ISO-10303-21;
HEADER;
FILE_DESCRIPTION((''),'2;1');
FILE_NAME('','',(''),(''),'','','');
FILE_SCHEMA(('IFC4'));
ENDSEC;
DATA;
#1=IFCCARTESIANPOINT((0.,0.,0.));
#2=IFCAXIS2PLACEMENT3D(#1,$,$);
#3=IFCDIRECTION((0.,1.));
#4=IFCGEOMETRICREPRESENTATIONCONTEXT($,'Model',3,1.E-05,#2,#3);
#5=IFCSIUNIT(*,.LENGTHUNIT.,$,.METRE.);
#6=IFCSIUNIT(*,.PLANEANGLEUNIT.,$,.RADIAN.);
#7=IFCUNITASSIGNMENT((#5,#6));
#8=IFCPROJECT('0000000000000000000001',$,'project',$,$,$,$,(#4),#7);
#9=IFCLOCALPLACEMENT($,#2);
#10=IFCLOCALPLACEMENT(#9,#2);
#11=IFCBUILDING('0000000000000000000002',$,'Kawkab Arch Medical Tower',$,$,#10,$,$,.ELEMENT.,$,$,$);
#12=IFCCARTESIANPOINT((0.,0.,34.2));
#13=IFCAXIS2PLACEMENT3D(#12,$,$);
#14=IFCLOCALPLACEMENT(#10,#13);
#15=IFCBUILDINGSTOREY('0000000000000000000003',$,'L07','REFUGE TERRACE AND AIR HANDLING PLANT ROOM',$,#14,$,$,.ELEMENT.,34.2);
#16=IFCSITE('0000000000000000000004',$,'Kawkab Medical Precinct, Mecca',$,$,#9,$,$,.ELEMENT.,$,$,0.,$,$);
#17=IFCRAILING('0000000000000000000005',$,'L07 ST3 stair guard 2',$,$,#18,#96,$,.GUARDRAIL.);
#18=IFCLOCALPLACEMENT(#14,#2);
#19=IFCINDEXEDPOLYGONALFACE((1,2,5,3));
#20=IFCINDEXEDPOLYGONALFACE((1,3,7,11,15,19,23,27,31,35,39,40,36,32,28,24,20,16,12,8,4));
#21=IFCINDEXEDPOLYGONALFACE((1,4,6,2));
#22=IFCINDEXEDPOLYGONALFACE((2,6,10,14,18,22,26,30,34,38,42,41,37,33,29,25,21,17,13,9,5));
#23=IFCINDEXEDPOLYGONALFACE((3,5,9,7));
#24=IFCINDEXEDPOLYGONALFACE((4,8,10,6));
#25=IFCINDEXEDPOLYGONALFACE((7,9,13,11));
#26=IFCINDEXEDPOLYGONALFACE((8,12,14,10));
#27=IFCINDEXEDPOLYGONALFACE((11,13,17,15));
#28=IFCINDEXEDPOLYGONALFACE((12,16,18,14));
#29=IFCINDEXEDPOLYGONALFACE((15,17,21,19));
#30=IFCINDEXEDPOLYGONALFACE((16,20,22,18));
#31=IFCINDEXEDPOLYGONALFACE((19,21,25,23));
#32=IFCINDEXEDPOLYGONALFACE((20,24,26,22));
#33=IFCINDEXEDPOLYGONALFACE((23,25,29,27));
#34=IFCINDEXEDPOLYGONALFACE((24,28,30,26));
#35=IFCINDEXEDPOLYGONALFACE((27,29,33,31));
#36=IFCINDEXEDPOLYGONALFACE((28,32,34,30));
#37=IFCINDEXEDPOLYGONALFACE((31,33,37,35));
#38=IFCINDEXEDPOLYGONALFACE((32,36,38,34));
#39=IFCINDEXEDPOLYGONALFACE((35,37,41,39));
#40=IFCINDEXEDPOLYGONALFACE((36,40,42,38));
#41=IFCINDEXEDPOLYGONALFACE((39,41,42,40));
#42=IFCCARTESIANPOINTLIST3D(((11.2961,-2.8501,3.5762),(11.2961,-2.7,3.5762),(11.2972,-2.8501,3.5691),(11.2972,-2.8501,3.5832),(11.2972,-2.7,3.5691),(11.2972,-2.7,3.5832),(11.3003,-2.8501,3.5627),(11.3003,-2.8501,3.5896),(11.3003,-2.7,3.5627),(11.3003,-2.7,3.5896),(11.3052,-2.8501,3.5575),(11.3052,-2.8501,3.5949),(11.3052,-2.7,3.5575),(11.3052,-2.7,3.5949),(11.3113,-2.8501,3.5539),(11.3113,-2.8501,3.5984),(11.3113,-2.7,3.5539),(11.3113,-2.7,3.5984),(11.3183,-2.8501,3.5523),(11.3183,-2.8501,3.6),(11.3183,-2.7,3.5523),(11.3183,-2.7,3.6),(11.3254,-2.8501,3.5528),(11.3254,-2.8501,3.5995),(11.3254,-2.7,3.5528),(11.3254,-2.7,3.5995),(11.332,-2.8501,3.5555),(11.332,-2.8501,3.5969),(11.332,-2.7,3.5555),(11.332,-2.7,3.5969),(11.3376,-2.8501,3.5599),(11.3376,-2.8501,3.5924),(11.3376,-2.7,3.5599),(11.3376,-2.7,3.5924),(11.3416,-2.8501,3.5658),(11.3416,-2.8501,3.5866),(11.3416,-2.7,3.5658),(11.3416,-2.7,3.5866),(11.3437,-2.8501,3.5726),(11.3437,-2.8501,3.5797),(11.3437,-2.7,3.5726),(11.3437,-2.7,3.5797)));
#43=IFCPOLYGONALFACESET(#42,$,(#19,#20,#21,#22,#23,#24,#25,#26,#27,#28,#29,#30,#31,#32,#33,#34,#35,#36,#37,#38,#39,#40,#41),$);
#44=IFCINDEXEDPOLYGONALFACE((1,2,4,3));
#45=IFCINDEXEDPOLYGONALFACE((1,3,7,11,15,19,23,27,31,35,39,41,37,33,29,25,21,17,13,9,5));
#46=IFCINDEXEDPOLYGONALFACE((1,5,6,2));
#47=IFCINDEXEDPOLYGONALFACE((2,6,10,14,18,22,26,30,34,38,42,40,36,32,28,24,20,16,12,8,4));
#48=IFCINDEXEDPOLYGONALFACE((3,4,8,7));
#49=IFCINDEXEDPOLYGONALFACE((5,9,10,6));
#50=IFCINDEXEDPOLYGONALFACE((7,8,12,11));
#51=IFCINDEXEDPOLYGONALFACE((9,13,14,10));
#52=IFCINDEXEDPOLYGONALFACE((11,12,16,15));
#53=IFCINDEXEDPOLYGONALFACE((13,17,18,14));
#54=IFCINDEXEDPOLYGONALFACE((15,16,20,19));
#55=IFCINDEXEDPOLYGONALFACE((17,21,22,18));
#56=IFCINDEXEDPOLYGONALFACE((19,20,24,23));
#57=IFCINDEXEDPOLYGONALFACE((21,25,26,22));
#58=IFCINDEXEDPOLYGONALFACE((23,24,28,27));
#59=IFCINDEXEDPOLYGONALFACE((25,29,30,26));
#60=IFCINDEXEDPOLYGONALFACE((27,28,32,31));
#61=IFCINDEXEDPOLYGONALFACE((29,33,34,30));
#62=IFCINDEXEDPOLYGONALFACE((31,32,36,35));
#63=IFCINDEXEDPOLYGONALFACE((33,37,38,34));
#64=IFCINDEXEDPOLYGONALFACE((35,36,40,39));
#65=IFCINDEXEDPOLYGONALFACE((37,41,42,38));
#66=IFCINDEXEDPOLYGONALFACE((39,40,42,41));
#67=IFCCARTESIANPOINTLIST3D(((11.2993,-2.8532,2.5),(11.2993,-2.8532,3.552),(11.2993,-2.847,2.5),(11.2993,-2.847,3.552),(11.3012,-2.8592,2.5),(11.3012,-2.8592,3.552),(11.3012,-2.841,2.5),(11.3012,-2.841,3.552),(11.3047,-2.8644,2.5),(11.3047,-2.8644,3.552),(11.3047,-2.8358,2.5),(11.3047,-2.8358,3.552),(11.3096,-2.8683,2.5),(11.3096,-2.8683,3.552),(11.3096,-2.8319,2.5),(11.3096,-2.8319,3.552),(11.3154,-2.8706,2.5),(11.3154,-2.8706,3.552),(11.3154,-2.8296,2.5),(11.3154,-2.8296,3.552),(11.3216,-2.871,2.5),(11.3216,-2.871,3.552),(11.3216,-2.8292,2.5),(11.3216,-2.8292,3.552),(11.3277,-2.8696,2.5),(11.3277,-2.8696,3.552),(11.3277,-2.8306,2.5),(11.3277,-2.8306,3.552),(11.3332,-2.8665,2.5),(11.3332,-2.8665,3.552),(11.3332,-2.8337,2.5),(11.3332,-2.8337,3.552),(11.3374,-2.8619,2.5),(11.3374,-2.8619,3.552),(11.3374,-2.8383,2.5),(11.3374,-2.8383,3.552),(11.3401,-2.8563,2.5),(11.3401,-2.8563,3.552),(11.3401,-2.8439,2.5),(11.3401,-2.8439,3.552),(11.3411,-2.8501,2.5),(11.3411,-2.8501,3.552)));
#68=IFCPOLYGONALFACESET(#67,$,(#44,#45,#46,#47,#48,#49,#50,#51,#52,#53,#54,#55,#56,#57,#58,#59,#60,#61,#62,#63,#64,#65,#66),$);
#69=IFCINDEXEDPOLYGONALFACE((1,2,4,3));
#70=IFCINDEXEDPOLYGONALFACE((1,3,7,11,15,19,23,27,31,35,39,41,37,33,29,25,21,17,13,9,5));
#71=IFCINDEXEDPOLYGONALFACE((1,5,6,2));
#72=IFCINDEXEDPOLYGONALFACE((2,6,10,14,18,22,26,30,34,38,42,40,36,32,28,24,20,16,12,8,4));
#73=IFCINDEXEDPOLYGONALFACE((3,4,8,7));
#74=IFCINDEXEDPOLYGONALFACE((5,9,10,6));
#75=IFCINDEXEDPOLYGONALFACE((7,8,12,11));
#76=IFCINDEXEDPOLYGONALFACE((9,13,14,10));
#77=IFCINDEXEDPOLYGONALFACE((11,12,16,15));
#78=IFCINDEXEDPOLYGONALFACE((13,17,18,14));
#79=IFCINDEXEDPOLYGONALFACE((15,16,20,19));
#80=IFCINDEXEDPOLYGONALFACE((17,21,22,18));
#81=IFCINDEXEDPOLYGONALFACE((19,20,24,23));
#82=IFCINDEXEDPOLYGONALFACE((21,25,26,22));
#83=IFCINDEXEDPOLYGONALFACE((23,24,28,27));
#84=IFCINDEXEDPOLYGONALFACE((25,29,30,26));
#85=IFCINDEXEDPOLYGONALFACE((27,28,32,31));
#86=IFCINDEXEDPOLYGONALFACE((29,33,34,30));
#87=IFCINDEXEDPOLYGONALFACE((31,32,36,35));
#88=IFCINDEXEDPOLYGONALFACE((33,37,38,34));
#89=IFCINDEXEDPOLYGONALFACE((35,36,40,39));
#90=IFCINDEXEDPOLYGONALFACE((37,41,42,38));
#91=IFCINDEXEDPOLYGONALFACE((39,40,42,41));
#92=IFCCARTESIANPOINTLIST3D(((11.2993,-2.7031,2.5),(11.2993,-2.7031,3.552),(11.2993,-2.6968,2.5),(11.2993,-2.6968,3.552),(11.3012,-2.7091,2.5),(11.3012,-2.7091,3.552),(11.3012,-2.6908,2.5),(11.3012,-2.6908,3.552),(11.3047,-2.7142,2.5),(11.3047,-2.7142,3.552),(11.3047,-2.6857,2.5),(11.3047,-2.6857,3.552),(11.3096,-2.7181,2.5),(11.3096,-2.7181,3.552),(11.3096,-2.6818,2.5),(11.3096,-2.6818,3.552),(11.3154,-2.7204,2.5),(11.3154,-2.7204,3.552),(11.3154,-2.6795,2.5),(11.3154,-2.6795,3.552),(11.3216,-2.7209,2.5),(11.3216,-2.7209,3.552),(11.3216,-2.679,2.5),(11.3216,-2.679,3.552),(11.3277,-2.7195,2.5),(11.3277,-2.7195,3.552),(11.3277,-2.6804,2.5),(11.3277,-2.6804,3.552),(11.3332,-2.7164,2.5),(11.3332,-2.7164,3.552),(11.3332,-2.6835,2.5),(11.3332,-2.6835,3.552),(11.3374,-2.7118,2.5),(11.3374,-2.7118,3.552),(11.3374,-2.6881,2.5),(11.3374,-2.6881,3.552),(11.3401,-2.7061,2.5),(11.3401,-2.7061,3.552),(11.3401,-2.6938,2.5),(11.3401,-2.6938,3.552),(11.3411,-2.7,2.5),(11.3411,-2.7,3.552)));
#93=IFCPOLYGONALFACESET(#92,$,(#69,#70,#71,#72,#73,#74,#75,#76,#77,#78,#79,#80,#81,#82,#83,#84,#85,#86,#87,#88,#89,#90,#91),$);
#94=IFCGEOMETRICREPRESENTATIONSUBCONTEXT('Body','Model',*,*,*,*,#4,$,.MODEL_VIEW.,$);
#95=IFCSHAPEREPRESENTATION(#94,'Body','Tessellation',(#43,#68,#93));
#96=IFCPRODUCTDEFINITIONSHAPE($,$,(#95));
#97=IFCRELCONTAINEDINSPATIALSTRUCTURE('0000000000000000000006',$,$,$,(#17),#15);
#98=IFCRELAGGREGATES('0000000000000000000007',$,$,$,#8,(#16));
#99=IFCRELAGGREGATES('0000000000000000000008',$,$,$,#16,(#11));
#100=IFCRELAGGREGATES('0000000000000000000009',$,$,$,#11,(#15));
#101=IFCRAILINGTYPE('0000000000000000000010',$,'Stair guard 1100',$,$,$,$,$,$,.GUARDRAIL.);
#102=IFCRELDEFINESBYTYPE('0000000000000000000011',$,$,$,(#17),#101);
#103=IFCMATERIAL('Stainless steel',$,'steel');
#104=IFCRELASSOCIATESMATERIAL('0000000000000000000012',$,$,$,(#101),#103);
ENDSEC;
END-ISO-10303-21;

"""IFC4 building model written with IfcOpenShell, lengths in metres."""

from ifc_helpers import new_model, si_unit, direction, frame, origin, origin_2d, place, context, subcontext, project, spatial, circle, extrude, material, type_object, element, save


model = new_model("IFC4")

# Units and contexts
model_context = context("Model", 3, precision=1e-05, world=origin(), true_north=direction((0.0, 1.0)))
body_context = subcontext(model_context, "Body", "Model", "MODEL_VIEW")
ifc_project = project(units=[si_unit("LENGTHUNIT", "METRE"), si_unit("PLANEANGLEUNIT", "RADIAN")], contexts=[model_context])

# Site, building, storey
site_placement = place(None, origin())
site = spatial("IfcSite", under=ifc_project, at=site_placement, Name="Kawkab Medical Precinct, Mecca", CompositionType="ELEMENT", RefElevation=0.0)
building_placement = place(site_placement, origin())
building = spatial("IfcBuilding", under=site, at=building_placement, Name="Kawkab Arch Medical Tower", CompositionType="ELEMENT")
storey_placement = place(building_placement, frame((0.0, 0.0, 34.2)))
storey = spatial("IfcBuildingStorey", under=building, at=storey_placement, Name="L07", Description="REFUGE TERRACE AND AIR HANDLING PLANT ROOM", CompositionType="ELEMENT", Elevation=34.2)

# Railing
ifc_material_1 = material(Name="Stainless steel", Category="steel")
railing_type = type_object("IfcRailingType", Name="Stair guard 1100", PredefinedType="GUARDRAIL", material=ifc_material_1)
railing_1_placement = place(storey_placement, frame((11.3201, -2.8501, 2.5)))
element("IfcRailing", 1, at=railing_1_placement, inside=storey, type_object=railing_type, Name="L07 ST3 stair guard 2", PredefinedType="GUARDRAIL", context=body_context, shape_type="SweptSolid", body=[
    extrude(circle(Radius=0.0239, at=origin_2d()), frame((0.0, 0.0, 1.0762), z_axis=(0.0, 1.0, 0.0), x_axis=(-1.0, 0.0, 0.0)), (0.0, 0.0, 1.0), 0.1501),
    extrude(circle(Radius=0.021, at=origin_2d()), origin(), (0.0, 0.0, 1.0), 1.052),
    extrude(circle(Radius=0.021, at=origin_2d()), frame((0.0, 0.1501, 0.0)), (0.0, 0.0, 1.0), 1.052),
])

save(model, "model.ifc")
